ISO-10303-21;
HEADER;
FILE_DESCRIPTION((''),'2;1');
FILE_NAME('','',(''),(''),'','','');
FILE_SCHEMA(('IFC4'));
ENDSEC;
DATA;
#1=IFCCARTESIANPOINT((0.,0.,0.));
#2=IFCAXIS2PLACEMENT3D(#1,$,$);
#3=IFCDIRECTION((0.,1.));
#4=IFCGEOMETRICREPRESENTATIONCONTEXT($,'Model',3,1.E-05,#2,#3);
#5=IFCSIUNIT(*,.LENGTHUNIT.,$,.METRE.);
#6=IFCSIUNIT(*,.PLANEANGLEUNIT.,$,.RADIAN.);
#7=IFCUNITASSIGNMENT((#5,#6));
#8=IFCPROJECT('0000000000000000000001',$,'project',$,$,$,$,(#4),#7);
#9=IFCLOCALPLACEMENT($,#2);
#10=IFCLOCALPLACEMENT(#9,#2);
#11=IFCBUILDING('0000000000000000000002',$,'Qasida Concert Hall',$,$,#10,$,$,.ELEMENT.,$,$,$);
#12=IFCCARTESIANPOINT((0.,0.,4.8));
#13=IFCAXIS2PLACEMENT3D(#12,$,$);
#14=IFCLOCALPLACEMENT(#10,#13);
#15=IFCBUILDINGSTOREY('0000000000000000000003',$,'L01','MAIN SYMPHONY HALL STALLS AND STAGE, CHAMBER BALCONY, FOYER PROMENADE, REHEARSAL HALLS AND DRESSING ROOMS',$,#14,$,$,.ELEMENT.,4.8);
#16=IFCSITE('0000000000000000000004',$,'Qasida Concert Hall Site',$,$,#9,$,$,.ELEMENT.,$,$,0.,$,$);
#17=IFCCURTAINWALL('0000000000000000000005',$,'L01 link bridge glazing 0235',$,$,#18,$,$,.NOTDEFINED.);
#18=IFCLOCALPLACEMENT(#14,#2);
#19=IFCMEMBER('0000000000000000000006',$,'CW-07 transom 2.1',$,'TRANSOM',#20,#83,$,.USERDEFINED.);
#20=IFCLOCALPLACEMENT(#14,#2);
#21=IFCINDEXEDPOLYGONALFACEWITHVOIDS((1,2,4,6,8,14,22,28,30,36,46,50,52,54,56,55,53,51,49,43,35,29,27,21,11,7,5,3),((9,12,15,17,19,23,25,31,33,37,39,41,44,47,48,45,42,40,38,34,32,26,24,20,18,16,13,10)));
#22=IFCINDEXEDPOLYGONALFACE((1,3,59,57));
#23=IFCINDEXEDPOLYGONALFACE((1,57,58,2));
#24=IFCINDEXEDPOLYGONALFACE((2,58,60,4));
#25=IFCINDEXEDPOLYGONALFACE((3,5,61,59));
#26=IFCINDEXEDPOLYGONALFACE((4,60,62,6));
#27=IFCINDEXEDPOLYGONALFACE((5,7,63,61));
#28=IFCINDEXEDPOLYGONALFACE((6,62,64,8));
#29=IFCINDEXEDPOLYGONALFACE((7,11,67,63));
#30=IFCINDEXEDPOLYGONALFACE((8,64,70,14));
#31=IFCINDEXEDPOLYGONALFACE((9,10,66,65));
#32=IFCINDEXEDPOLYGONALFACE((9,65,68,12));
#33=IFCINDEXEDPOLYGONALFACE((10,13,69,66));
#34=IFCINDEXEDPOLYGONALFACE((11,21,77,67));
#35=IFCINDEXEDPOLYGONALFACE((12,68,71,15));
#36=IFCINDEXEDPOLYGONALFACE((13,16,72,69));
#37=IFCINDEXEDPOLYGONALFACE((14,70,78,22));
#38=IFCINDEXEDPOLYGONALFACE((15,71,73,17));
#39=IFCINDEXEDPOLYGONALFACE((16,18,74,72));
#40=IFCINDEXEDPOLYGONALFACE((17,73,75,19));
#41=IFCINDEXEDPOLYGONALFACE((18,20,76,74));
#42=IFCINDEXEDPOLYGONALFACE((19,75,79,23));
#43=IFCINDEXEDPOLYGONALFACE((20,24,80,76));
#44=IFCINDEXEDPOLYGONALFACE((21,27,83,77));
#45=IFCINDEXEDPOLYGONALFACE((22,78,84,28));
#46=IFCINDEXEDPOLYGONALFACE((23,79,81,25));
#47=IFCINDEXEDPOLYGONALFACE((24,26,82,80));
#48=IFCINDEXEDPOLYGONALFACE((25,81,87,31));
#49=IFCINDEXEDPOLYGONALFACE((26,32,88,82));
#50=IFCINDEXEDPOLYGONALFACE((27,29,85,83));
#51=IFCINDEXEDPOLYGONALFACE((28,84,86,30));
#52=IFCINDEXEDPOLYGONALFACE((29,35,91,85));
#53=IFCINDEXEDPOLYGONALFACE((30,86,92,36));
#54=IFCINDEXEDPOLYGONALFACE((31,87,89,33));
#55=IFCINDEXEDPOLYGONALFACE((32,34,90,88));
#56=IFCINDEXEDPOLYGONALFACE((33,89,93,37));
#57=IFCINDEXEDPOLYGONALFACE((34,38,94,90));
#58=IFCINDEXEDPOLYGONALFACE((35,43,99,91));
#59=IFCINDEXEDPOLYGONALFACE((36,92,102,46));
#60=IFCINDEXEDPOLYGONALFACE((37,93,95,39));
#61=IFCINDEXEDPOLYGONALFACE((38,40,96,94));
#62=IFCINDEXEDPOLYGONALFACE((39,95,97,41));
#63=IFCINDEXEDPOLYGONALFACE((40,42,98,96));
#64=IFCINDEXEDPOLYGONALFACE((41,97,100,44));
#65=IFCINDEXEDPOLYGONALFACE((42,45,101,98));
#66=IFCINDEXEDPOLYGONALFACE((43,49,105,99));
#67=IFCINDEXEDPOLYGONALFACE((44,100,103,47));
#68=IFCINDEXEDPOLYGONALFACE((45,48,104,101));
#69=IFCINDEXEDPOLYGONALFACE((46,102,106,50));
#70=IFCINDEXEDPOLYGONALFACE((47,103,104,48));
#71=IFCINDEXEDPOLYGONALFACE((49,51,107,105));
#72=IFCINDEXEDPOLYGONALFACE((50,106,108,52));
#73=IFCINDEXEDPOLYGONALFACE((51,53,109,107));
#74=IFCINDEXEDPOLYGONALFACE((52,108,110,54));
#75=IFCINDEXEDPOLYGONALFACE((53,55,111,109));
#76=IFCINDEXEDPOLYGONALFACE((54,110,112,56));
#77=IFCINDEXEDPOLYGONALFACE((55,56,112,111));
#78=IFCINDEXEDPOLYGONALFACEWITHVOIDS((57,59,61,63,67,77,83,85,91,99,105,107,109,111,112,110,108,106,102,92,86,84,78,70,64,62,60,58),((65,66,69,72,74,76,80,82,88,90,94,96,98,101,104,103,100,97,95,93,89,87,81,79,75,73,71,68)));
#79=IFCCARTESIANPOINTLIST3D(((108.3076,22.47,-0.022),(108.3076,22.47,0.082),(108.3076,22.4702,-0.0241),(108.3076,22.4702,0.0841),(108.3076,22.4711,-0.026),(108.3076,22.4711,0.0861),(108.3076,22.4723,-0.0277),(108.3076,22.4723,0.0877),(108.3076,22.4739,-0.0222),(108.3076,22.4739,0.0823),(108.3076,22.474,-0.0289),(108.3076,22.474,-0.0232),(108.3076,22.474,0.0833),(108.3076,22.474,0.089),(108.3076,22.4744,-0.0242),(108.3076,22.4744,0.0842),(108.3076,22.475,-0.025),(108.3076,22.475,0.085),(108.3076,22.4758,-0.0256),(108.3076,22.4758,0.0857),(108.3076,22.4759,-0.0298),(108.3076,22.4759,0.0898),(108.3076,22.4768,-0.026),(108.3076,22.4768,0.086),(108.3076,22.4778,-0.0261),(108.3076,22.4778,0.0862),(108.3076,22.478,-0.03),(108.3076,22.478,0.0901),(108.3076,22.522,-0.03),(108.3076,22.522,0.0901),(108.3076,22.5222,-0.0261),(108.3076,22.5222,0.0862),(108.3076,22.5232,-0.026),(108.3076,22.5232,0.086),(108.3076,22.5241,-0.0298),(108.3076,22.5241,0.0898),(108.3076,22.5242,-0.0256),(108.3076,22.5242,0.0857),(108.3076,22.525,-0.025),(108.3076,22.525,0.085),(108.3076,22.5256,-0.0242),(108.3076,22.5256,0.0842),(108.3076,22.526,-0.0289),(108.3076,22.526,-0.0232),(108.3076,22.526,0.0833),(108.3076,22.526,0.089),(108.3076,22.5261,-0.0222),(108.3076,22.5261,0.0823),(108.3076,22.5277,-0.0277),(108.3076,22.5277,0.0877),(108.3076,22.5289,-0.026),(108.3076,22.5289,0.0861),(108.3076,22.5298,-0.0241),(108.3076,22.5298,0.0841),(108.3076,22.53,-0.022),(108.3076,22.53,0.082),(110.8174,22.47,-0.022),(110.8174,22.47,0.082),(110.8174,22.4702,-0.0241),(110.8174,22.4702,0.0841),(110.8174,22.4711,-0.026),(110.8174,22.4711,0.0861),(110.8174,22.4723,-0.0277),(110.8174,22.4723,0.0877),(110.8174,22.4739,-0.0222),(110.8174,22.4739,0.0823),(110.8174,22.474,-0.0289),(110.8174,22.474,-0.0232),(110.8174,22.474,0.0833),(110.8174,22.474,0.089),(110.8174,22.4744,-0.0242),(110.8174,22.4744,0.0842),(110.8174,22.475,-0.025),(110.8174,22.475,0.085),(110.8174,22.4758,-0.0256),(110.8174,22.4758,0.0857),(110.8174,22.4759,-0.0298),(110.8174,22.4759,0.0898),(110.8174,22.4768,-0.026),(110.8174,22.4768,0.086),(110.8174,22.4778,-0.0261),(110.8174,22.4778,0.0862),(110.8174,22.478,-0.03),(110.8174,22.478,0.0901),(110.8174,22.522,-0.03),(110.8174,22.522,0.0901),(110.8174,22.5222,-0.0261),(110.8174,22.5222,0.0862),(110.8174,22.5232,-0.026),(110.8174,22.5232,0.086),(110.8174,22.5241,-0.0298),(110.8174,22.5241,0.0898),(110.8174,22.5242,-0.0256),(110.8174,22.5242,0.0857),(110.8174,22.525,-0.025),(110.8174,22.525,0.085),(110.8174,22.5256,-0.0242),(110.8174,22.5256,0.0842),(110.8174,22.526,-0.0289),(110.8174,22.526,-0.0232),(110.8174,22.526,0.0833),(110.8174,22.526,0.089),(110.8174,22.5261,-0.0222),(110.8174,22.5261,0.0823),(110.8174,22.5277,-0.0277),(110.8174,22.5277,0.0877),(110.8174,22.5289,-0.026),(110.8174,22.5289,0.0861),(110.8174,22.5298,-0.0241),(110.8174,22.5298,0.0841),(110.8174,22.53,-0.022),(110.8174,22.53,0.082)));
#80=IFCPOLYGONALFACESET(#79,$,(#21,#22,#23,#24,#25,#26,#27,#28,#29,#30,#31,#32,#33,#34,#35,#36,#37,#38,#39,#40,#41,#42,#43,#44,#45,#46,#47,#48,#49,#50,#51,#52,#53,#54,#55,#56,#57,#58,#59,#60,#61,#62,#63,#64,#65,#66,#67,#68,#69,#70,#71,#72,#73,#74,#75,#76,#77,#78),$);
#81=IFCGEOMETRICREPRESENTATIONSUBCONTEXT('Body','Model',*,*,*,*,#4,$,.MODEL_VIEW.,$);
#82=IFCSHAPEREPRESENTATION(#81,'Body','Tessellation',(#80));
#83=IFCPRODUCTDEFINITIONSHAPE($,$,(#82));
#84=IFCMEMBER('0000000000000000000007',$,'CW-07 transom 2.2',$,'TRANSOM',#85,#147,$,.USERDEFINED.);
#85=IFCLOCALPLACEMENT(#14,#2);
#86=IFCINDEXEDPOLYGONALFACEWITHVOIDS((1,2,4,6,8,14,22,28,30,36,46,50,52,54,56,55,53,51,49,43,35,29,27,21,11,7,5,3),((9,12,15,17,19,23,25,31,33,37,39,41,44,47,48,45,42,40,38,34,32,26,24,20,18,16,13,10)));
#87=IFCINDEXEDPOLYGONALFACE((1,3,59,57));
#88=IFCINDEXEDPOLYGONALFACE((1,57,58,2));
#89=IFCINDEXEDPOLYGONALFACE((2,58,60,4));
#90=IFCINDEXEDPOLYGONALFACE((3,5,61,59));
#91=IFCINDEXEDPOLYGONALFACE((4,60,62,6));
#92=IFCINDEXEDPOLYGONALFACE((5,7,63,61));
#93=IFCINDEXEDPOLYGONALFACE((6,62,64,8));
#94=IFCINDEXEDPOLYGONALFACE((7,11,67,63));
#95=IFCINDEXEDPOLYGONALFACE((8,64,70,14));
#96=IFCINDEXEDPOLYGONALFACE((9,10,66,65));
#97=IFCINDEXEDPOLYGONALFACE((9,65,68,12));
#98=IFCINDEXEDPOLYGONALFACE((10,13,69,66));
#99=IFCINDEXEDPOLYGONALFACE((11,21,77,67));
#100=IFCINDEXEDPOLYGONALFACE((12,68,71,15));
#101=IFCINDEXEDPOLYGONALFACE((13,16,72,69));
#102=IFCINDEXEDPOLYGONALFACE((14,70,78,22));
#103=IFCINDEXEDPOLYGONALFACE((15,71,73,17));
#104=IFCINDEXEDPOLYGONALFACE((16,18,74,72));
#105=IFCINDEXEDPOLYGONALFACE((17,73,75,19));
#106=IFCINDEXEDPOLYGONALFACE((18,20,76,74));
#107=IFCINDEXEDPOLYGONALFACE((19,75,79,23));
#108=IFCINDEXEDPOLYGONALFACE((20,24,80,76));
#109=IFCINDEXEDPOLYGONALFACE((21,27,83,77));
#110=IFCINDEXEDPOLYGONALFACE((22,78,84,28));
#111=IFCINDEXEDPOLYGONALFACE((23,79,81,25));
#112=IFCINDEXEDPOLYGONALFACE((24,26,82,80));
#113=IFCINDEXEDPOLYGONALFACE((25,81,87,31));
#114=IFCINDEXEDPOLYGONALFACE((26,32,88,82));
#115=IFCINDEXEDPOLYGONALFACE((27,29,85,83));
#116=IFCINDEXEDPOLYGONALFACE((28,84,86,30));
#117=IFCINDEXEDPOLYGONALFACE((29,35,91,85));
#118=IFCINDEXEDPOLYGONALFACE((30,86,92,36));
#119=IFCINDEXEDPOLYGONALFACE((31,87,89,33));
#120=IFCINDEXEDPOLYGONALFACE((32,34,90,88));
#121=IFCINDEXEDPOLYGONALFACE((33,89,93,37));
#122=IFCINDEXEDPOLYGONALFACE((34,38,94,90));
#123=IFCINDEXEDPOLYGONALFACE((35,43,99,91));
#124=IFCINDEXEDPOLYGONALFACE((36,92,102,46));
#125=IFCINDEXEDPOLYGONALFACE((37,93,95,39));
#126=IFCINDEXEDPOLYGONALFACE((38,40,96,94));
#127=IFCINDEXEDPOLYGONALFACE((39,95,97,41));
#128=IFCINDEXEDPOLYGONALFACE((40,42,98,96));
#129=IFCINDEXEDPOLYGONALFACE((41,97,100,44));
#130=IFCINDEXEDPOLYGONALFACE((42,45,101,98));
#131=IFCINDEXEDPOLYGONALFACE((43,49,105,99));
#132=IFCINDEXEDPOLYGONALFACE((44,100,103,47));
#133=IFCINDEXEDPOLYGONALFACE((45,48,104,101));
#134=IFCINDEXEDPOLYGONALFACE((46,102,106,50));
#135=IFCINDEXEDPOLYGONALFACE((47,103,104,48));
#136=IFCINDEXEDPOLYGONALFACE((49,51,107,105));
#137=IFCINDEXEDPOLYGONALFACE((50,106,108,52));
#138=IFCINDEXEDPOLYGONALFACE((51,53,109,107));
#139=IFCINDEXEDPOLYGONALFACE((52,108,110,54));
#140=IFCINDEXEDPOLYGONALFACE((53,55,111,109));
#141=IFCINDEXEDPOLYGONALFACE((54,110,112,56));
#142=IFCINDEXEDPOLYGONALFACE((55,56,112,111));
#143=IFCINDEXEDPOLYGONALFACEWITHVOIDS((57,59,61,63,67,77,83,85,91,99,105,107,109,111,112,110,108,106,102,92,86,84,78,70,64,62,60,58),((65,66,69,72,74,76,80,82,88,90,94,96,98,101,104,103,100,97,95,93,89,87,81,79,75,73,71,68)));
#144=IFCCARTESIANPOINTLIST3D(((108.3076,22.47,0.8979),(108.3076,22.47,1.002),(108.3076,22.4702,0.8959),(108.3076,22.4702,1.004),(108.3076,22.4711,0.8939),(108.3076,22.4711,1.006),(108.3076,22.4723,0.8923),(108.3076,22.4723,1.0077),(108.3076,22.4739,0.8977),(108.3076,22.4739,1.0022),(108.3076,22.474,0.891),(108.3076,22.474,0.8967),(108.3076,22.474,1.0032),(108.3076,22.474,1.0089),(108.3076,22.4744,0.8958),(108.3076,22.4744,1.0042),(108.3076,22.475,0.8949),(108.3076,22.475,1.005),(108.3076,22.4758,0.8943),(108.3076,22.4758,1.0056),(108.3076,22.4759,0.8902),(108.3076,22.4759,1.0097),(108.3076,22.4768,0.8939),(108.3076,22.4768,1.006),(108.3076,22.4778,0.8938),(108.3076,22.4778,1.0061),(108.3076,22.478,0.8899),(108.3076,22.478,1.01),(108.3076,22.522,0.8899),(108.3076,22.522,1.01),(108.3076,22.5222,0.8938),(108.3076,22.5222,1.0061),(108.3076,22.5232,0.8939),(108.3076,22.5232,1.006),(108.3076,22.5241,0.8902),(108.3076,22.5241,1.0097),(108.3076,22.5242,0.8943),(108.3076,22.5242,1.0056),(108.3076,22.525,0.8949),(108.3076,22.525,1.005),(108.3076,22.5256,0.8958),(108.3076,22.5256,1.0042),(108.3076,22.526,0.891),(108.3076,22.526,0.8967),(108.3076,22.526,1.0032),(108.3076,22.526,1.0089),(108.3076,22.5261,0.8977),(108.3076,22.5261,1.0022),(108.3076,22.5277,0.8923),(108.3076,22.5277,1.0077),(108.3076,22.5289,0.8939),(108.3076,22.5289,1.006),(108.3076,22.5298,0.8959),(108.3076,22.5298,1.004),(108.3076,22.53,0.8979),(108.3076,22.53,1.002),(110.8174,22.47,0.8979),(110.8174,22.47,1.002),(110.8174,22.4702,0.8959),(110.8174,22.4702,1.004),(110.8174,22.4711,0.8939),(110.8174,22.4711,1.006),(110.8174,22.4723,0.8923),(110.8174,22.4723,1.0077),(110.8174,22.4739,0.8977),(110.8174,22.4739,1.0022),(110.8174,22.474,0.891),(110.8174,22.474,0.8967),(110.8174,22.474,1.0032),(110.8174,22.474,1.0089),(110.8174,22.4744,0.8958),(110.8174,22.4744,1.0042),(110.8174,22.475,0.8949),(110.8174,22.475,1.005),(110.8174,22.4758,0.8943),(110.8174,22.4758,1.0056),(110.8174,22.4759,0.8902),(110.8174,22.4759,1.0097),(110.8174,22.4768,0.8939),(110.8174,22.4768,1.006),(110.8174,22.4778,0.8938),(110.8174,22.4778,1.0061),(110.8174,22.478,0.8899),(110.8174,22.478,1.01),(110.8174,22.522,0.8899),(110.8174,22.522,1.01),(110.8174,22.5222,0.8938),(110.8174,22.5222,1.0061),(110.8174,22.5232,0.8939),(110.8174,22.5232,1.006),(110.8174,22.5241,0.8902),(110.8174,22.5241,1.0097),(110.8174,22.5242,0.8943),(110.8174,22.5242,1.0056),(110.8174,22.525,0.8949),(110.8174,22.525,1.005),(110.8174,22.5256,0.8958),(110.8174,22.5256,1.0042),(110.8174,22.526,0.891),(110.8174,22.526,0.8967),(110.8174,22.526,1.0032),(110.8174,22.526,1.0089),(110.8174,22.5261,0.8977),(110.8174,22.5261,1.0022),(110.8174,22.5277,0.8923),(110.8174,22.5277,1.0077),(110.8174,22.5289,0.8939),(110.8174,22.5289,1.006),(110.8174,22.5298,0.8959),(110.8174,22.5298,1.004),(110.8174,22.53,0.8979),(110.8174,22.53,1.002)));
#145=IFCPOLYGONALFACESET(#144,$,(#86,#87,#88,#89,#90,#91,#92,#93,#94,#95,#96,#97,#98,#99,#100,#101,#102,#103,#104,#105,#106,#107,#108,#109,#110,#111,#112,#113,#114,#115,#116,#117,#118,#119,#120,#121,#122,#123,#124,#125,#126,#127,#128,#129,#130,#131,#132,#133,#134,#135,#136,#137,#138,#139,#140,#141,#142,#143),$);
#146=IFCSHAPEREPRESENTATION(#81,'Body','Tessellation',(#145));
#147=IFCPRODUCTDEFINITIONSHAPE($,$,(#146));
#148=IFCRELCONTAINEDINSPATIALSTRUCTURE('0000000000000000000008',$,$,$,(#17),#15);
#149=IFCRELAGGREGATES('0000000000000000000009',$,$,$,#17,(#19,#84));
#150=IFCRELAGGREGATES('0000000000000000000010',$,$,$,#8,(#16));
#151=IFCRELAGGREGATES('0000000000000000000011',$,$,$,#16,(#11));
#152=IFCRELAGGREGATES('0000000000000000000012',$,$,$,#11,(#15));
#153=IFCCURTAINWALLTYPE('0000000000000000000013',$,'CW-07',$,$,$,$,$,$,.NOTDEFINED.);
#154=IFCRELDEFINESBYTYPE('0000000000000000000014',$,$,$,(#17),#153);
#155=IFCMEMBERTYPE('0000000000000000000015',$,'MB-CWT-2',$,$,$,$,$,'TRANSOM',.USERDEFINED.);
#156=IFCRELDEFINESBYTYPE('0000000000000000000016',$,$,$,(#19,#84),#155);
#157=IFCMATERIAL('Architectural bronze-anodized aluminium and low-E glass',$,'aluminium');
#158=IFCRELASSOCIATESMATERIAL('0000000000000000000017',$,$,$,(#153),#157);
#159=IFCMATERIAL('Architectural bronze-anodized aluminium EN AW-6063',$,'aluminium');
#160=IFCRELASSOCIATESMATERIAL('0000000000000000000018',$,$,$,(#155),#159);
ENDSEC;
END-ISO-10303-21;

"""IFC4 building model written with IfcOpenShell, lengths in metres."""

from ifc_helpers import new_model, si_unit, direction, frame, origin, origin_2d, place, context, subcontext, project, spatial, hollow_rectangle, extrude, material, material_profile, profile_set, type_object, element, aggregate, save


model = new_model("IFC4")

# Units and contexts
model_context = context("Model", 3, precision=1e-05, world=origin(), true_north=direction((0.0, 1.0)))
body_context = subcontext(model_context, "Body", "Model", "MODEL_VIEW")
ifc_project = project(units=[si_unit("LENGTHUNIT", "METRE"), si_unit("PLANEANGLEUNIT", "RADIAN")], contexts=[model_context])

# Site, building, storey
site_placement = place(None, origin())
site = spatial("IfcSite", under=ifc_project, at=site_placement, Name="Qasida Concert Hall Site", CompositionType="ELEMENT", RefElevation=0.0)
building_placement = place(site_placement, origin())
building = spatial("IfcBuilding", under=site, at=building_placement, Name="Qasida Concert Hall", CompositionType="ELEMENT")
storey_placement = place(building_placement, frame((0.0, 0.0, 4.8)))
storey = spatial("IfcBuildingStorey", under=building, at=storey_placement, Name="L01", Description="MAIN SYMPHONY HALL STALLS AND STAGE, CHAMBER BALCONY, FOYER PROMENADE, REHEARSAL HALLS AND DRESSING ROOMS", CompositionType="ELEMENT", Elevation=4.8)

# Curtain wall
ifc_material_1 = material(Name="Architectural bronze-anodized aluminium and low-E glass", Category="aluminium")
curtain_wall_type = type_object("IfcCurtainWallType", Name="CW-07", PredefinedType="NOTDEFINED", material=ifc_material_1)
ifc_material_2 = material(Name="Architectural bronze-anodized aluminium EN AW-6063", Category="aluminium")
curtain_wall_1_placement = place(storey_placement, origin())
curtain_wall_1 = element("IfcCurtainWall", 1, at=curtain_wall_1_placement, inside=storey, type_object=curtain_wall_type, Name="L01 link bridge glazing 0235", PredefinedType="NOTDEFINED")

# Members
ifc_material_profile_1 = material_profile(ifc_material_2, hollow_rectangle(XDim=0.0601, YDim=0.1201, WallThickness=0.0039, InnerFilletRadius=0.0039, OuterFilletRadius=0.0081, at=origin_2d()), Name="CWT 120x60x4")
ifc_profile_set_1 = profile_set([ifc_material_profile_1], Name="Architectural bronze-anodized aluminium EN AW-6063")
member_type_1 = type_object("IfcMemberType", Name="MB-CWT-2", ElementType="TRANSOM", PredefinedType="USERDEFINED", material=ifc_profile_set_1)
member_1_placement = place(storey_placement, frame((108.3076, 22.5, 0.03), z_axis=(1.0, 0.0, 0.0), x_axis=(0.0, 1.0, 0.0)))
member_1 = element("IfcMember", 2, at=member_1_placement, type_object=member_type_1, Name="CW-07 transom 2.1", ObjectType="TRANSOM", PredefinedType="USERDEFINED", context=body_context, shape_type="SweptSolid", body=[
    extrude(hollow_rectangle(XDim=0.0601, YDim=0.1201, WallThickness=0.0039, InnerFilletRadius=0.0039, OuterFilletRadius=0.0081, at=origin_2d()), origin(), (0.0, 0.0, 1.0), 2.5098),
])
member_2_placement = place(storey_placement, frame((108.3076, 22.5, 0.95), z_axis=(1.0, 0.0, 0.0), x_axis=(0.0, 1.0, 0.0)))
member_2 = element("IfcMember", 3, at=member_2_placement, type_object=member_type_1, Name="CW-07 transom 2.2", ObjectType="TRANSOM", PredefinedType="USERDEFINED", context=body_context, shape_type="SweptSolid", body=[
    extrude(hollow_rectangle(XDim=0.0601, YDim=0.1201, WallThickness=0.0039, InnerFilletRadius=0.0039, OuterFilletRadius=0.0081, at=origin_2d()), origin(), (0.0, 0.0, 1.0), 2.5098),
])

aggregate(curtain_wall_1, [member_1, member_2])

save(model, "model.ifc")
